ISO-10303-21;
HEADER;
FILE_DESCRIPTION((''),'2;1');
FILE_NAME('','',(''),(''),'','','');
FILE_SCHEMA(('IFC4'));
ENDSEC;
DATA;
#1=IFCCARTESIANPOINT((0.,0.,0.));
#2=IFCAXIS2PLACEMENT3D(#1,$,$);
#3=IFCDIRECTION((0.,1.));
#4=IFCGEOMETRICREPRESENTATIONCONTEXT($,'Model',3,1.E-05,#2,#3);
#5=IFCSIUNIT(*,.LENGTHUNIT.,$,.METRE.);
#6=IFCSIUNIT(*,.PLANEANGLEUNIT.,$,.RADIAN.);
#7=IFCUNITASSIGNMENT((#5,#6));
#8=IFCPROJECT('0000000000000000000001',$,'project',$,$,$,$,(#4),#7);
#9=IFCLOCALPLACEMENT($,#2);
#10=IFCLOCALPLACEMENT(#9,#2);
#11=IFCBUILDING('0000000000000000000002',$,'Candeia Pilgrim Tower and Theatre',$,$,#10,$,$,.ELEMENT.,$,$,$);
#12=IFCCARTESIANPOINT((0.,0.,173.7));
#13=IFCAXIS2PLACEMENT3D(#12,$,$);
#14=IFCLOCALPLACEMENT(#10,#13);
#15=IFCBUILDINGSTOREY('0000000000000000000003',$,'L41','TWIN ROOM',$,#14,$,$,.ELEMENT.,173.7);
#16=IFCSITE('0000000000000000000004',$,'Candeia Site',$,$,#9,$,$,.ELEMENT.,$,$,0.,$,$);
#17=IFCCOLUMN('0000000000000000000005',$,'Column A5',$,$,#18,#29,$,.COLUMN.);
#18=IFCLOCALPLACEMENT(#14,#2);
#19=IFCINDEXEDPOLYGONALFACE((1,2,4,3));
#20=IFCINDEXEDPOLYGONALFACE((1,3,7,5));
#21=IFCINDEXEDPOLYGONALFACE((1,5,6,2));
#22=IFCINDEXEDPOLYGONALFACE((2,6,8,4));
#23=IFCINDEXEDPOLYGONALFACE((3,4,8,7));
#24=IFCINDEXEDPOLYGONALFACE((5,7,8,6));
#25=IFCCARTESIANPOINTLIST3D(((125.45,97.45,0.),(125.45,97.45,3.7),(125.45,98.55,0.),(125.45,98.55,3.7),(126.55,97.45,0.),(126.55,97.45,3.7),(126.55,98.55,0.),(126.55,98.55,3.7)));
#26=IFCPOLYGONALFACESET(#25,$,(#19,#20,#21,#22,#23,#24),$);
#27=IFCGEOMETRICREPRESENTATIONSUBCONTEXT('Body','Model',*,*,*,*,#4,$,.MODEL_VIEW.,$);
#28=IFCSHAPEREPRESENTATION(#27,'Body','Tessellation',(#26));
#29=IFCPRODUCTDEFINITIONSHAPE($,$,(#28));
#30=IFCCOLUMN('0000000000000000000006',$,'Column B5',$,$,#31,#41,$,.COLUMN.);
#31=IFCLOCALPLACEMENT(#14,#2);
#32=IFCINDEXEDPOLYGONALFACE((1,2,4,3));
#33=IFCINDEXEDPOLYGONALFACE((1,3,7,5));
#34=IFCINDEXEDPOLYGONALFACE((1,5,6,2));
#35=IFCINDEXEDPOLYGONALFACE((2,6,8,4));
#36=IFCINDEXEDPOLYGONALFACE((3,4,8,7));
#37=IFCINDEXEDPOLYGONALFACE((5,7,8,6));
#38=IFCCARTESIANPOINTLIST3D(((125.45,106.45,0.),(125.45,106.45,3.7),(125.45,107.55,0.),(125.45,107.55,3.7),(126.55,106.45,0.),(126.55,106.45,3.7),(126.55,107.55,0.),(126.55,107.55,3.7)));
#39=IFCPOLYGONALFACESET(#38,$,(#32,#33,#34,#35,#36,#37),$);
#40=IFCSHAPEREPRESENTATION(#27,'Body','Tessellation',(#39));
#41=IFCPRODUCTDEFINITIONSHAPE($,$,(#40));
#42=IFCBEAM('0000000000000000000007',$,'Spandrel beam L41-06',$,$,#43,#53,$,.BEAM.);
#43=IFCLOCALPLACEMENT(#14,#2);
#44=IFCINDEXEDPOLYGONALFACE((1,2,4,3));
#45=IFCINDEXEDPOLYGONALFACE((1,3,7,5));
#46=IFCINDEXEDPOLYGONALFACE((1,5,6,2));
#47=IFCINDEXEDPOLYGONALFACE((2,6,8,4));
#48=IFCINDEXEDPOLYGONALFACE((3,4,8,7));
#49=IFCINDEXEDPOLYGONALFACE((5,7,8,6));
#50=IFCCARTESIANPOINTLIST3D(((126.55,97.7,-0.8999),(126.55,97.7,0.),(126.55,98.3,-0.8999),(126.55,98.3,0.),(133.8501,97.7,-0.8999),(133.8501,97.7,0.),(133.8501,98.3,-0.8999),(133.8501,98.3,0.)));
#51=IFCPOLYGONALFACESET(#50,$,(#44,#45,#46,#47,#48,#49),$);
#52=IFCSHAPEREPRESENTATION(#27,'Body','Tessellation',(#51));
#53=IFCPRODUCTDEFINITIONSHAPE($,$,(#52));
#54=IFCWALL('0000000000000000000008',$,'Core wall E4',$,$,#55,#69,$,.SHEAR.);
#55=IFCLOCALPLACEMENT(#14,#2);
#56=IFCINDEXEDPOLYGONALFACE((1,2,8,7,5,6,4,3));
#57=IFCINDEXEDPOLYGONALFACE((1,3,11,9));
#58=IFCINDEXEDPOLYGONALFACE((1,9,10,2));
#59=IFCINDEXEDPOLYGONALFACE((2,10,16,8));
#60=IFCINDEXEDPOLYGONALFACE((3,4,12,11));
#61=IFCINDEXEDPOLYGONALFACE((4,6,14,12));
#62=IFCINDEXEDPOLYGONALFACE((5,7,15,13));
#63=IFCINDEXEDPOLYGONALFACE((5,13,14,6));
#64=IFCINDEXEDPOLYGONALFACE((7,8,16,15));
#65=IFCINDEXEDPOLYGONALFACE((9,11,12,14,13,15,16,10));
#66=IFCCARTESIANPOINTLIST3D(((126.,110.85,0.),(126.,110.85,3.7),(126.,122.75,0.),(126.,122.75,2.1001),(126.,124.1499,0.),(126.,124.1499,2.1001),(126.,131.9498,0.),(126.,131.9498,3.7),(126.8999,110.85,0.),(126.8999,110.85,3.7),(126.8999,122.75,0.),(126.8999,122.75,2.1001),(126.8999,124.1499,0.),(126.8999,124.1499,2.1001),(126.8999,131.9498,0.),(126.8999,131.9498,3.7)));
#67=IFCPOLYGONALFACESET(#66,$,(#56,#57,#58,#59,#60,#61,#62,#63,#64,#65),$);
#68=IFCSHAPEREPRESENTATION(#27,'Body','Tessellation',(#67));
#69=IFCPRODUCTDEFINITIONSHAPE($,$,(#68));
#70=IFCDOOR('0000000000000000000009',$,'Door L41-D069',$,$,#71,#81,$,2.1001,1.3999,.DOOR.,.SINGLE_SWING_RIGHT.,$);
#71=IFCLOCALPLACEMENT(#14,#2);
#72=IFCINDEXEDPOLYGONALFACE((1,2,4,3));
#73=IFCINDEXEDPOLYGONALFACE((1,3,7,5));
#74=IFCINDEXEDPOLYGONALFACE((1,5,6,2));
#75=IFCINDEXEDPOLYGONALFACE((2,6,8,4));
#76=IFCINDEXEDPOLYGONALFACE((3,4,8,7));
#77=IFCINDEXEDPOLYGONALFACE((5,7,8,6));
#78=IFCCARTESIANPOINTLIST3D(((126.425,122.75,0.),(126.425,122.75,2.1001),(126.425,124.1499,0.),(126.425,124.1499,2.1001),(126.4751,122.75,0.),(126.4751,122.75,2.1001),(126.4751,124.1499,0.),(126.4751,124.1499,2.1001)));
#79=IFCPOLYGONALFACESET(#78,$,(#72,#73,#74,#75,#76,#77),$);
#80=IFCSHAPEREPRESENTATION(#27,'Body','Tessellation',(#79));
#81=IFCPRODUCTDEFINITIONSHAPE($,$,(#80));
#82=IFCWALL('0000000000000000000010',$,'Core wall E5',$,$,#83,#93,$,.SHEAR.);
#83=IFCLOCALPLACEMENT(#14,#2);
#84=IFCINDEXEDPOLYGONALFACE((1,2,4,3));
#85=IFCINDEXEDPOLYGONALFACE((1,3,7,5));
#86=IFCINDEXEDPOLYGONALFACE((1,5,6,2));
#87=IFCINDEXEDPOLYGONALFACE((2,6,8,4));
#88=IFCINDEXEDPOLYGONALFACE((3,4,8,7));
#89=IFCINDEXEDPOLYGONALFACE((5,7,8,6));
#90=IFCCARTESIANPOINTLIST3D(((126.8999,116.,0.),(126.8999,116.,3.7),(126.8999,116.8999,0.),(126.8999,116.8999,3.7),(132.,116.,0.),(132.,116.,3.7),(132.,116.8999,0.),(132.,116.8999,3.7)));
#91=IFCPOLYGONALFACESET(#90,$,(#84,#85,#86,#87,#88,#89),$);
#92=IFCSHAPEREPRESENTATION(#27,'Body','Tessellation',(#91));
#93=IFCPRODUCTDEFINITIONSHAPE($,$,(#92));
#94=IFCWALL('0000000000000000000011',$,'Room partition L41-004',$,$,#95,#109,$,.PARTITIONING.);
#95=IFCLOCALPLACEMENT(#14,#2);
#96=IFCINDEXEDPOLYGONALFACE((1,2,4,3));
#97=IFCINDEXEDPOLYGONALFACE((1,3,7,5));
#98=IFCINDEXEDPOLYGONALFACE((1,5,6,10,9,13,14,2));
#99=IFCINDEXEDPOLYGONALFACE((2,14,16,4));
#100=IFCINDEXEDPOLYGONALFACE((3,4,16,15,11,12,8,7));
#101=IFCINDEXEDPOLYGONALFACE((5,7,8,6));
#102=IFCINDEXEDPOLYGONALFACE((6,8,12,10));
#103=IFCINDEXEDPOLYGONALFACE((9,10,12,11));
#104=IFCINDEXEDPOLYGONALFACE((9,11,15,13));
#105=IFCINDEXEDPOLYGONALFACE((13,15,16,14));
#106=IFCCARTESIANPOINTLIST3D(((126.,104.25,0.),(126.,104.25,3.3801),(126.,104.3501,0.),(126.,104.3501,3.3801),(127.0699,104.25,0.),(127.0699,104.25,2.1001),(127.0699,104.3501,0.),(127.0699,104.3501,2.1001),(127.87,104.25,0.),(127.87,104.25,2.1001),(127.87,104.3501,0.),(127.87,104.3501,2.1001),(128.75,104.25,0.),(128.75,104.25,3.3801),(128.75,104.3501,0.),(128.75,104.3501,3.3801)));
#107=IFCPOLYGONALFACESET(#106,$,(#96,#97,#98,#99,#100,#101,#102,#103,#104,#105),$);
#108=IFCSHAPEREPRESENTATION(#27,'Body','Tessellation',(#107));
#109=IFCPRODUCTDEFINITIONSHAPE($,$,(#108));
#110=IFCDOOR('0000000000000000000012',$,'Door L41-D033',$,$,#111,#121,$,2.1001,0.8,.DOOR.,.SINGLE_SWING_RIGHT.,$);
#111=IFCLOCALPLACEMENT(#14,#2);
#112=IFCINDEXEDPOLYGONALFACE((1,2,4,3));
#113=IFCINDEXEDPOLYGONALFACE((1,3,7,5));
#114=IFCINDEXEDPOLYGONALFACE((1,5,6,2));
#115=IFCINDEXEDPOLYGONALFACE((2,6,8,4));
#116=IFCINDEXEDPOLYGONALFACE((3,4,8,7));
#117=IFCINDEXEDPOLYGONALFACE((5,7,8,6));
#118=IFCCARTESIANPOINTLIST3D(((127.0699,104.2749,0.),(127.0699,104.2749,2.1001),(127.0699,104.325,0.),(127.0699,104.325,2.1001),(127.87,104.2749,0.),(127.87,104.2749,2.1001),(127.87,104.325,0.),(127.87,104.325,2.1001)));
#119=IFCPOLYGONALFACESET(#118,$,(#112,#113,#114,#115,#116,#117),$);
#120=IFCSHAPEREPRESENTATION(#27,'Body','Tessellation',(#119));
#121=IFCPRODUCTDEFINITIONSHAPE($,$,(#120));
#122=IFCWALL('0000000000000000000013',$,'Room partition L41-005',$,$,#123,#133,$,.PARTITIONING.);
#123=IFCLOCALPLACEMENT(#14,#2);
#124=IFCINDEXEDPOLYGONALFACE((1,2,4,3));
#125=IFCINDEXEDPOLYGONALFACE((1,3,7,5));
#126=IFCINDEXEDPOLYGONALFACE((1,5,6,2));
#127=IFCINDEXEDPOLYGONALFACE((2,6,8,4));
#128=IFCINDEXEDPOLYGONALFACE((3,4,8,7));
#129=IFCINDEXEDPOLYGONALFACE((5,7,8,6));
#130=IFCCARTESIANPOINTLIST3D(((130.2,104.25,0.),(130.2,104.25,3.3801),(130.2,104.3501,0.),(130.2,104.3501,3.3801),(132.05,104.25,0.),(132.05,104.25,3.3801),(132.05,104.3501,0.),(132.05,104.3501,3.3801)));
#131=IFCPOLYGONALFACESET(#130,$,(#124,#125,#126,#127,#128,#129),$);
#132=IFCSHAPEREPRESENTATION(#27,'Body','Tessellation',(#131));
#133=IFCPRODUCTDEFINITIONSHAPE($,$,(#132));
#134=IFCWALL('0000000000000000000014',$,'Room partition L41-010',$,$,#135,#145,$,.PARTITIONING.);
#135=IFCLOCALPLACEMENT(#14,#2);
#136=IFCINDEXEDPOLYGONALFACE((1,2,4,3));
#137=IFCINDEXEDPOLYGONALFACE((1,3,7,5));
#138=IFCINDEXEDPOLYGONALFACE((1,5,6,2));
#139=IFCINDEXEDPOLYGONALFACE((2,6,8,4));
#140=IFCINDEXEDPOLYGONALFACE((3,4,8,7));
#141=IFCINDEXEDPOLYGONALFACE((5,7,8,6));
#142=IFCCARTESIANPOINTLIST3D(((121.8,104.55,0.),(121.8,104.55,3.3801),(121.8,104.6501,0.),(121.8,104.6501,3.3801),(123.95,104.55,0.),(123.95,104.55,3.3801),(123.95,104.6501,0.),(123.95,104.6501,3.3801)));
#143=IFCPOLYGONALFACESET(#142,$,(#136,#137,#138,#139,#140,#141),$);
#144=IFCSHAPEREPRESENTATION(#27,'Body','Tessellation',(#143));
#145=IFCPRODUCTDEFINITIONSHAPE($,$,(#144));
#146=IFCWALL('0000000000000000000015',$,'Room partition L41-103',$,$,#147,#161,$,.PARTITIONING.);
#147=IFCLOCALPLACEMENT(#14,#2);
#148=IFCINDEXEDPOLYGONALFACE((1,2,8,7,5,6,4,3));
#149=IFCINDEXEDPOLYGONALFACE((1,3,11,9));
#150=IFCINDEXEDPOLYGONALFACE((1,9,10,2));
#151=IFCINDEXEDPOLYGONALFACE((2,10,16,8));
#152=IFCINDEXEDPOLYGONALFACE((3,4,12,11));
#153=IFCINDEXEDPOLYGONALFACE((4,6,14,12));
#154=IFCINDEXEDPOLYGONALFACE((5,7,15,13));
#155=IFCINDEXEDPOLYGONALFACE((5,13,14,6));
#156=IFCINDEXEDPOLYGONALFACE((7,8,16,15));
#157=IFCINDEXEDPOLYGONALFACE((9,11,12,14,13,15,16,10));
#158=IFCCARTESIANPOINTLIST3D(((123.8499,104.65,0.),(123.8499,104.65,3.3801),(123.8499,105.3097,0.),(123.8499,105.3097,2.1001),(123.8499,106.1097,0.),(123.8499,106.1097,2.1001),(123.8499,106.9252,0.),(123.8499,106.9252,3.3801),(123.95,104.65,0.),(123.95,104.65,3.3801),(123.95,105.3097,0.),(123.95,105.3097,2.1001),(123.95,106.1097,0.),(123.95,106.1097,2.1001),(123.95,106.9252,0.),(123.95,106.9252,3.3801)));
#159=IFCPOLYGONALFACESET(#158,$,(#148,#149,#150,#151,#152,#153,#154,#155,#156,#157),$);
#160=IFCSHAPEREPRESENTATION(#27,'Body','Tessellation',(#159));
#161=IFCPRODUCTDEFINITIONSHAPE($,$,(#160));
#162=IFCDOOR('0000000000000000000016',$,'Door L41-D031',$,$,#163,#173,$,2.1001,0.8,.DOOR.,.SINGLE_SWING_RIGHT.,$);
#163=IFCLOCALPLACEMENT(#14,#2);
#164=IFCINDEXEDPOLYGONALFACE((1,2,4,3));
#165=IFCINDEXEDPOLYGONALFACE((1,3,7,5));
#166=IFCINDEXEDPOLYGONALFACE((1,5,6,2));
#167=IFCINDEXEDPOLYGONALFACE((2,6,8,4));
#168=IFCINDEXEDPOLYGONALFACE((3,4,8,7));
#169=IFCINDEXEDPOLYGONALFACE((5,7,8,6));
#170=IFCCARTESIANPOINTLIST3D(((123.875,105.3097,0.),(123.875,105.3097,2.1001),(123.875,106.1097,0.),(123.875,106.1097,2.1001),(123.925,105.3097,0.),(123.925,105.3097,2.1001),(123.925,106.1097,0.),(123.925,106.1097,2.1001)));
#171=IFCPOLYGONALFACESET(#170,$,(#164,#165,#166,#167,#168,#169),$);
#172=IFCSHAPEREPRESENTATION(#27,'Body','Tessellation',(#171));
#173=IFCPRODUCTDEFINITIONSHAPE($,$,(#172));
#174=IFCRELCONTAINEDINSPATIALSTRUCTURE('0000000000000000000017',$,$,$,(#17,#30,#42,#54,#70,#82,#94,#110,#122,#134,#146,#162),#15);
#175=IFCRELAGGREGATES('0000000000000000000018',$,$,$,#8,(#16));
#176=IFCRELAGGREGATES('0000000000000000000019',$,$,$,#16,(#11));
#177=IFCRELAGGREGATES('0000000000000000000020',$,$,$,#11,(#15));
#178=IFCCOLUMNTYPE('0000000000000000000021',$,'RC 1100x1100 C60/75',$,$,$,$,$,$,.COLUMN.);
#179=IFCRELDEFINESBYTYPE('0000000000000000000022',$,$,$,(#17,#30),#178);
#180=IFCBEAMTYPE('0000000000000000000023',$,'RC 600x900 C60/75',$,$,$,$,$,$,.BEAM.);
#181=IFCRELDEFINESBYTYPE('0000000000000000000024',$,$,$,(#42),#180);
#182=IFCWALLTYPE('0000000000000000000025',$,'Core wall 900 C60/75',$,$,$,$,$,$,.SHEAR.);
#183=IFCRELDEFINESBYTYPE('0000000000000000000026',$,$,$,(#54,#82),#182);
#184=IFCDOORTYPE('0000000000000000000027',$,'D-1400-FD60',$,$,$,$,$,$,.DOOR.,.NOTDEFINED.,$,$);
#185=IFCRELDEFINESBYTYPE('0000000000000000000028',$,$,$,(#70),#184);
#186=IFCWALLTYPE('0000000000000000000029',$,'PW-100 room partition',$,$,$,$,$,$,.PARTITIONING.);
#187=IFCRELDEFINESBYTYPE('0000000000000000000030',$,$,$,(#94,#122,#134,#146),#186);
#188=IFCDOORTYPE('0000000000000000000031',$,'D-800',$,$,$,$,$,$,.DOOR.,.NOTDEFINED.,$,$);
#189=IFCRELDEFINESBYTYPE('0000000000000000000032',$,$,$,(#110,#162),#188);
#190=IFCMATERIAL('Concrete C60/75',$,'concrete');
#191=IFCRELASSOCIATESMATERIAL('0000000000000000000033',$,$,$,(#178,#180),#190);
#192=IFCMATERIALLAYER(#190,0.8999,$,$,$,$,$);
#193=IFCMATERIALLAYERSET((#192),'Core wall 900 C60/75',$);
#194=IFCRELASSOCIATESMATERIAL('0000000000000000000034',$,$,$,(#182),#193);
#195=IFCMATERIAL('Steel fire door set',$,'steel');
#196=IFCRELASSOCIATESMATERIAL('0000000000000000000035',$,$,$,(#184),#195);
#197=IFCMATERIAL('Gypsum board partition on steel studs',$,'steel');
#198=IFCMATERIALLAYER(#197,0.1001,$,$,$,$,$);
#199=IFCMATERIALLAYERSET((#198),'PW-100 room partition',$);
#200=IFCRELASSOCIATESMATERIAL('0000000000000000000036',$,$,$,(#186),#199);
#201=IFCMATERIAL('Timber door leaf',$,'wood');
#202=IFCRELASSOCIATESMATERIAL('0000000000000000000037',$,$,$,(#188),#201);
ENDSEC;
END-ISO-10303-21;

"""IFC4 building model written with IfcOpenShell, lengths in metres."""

from ifc_helpers import new_model, si_unit, direction, frame, frame_2d, origin, origin_2d, place, context, subcontext, project, spatial, rectangle, extrude, material, layer, layer_set, material_profile, profile_set, type_object, element, fill, save


model = new_model("IFC4")

# Units and contexts
model_context = context("Model", 3, precision=1e-05, world=origin(), true_north=direction((0.0, 1.0)))
body_context = subcontext(model_context, "Body", "Model", "MODEL_VIEW")
ifc_project = project(units=[si_unit("LENGTHUNIT", "METRE"), si_unit("PLANEANGLEUNIT", "RADIAN")], contexts=[model_context])

# Site, building, storey
site_placement = place(None, origin())
site = spatial("IfcSite", under=ifc_project, at=site_placement, Name="Candeia Site", CompositionType="ELEMENT", RefElevation=0.0)
building_placement = place(site_placement, origin())
building = spatial("IfcBuilding", under=site, at=building_placement, Name="Candeia Pilgrim Tower and Theatre", CompositionType="ELEMENT")
storey_placement = place(building_placement, frame((0.0, 0.0, 173.7)))
storey = spatial("IfcBuildingStorey", under=building, at=storey_placement, Name="L41", Description="TWIN ROOM", CompositionType="ELEMENT", Elevation=173.7)

# Columns
ifc_material_1 = material(Name="Concrete C60/75", Category="concrete")
ifc_material_profile_1 = material_profile(ifc_material_1, rectangle(XDim=1.1001, YDim=1.1001, at=origin_2d()))
ifc_profile_set_1 = profile_set([ifc_material_profile_1], Name="Concrete C60/75")
column_type = type_object("IfcColumnType", Name="RC 1100x1100 C60/75", PredefinedType="COLUMN", material=ifc_profile_set_1)
for number, where, z_axis, x_axis, name in (
    (1, (126.0, 98.0, 0.0), (0.0, 0.0, 1.0), (1.0, 0.0, 0.0), "Column A5"),
    (2, (126.0, 107.0, 0.0), (0.0, 0.0, 1.0), (1.0, 0.0, 0.0), "Column B5"),
):
    element("IfcColumn", number, at=place(storey_placement, frame(where, z_axis=z_axis, x_axis=x_axis)), inside=storey, type_object=column_type, Name=name, PredefinedType="COLUMN", context=body_context, shape_type="SweptSolid", body=[
        extrude(rectangle(XDim=1.1001, YDim=1.1001, at=origin_2d()), origin(), (0.0, 0.0, 1.0), 3.7),
    ])

# Beam
ifc_material_profile_2 = material_profile(ifc_material_1, rectangle(XDim=0.6001, YDim=0.8999, at=origin_2d()))
ifc_profile_set_2 = profile_set([ifc_material_profile_2], Name="Concrete C60/75")
beam_type = type_object("IfcBeamType", Name="RC 600x900 C60/75", PredefinedType="BEAM", material=ifc_profile_set_2)
beam_placement = place(storey_placement, frame((126.55, 98.0, -0.45), z_axis=(1.0, 0.0, 0.0), x_axis=(0.0, 1.0, 0.0)))
element("IfcBeam", 3, at=beam_placement, inside=storey, type_object=beam_type, Name="Spandrel beam L41-06", PredefinedType="BEAM", context=body_context, shape_type="SweptSolid", body=[
    extrude(rectangle(XDim=0.6001, YDim=0.8999, at=origin_2d()), origin(), (0.0, 0.0, 1.0), 7.3),
])

# Wall, opening, door
ifc_layer_1 = layer(ifc_material_1, 0.8999)
ifc_layer_set_1 = layer_set([ifc_layer_1], Name="Core wall 900 C60/75")
wall_type_1 = type_object("IfcWallType", Name="Core wall 900 C60/75", PredefinedType="SHEAR", material=ifc_layer_set_1)
wall_1_placement = place(storey_placement, frame((126.45, 110.8501, 0.0), z_axis=(0.0, 0.0, 1.0), x_axis=(0.0, 1.0, 0.0)))
wall_1 = element("IfcWall", 4, at=wall_1_placement, inside=storey, type_object=wall_type_1, Name="Core wall E4", PredefinedType="SHEAR", context=body_context, shape_type="SweptSolid", body=[
    extrude(rectangle(XDim=21.0999, YDim=0.8999, at=frame_2d((10.5498, 0.0))), origin(), (0.0, 0.0, 1.0), 3.7),
])
opening_1_placement = place(wall_1_placement, frame((11.8999, 0.0, 0.0)))
opening_1 = element("IfcOpeningElement", 5, at=opening_1_placement, cuts=wall_1, PredefinedType="OPENING", context=body_context, shape_type="SweptSolid", body=[
    extrude(rectangle(XDim=1.3999, YDim=2.1001, at=frame_2d((0.7, 1.05))), frame((0.0, 0.46, 0.0), z_axis=(0.0, -1.0, 0.0), x_axis=(1.0, 0.0, 0.0)), (0.0, 0.0, 1.0), 0.9199),
])
ifc_material_2 = material(Name="Steel fire door set", Category="steel")
door_type_1 = type_object("IfcDoorType", Name="D-1400-FD60", OperationType="NOTDEFINED", PredefinedType="DOOR", material=ifc_material_2)
door_1_placement = place(opening_1_placement, origin())
door_1 = element("IfcDoor", 6, at=door_1_placement, inside=storey, type_object=door_type_1, Name="Door L41-D069", OperationType="SINGLE_SWING_RIGHT", OverallHeight=2.1001, OverallWidth=1.3999, PredefinedType="DOOR", context=body_context, shape_type="SweptSolid", body=[
    extrude(rectangle(XDim=1.3999, YDim=2.1001, at=frame_2d((0.7, 1.05))), frame((0.0, 0.0249, 0.0), z_axis=(0.0, -1.0, 0.0), x_axis=(1.0, 0.0, 0.0)), (0.0, 0.0, 1.0), 0.05),
])
fill(opening_1, door_1)

# Wall
wall_2_placement = place(storey_placement, frame((126.8999, 116.45, 0.0), z_axis=(0.0, 0.0, 1.0), x_axis=(1.0, 0.0, 0.0)))
element("IfcWall", 7, at=wall_2_placement, inside=storey, type_object=wall_type_1, Name="Core wall E5", PredefinedType="SHEAR", context=body_context, shape_type="SweptSolid", body=[
    extrude(rectangle(XDim=5.1001, YDim=0.8999, at=frame_2d((2.55, 0.0))), origin(), (0.0, 0.0, 1.0), 3.7),
])

# Wall, opening, door
ifc_material_3 = material(Name="Gypsum board partition on steel studs", Category="steel")
ifc_layer_2 = layer(ifc_material_3, 0.1001)
ifc_layer_set_2 = layer_set([ifc_layer_2], Name="PW-100 room partition")
wall_type_2 = type_object("IfcWallType", Name="PW-100 room partition", PredefinedType="PARTITIONING", material=ifc_layer_set_2)
wall_3_placement = place(storey_placement, frame((126.0, 104.3, 0.0), z_axis=(0.0, 0.0, 1.0), x_axis=(1.0, 0.0, 0.0)))
wall_3 = element("IfcWall", 8, at=wall_3_placement, inside=storey, type_object=wall_type_2, Name="Room partition L41-004", PredefinedType="PARTITIONING", context=body_context, shape_type="SweptSolid", body=[
    extrude(rectangle(XDim=2.75, YDim=0.1001, at=frame_2d((1.375, 0.0))), origin(), (0.0, 0.0, 1.0), 3.3801),
])
opening_2_placement = place(wall_3_placement, frame((1.0701, 0.0, 0.0)))
opening_2 = element("IfcOpeningElement", 9, at=opening_2_placement, cuts=wall_3, PredefinedType="OPENING", context=body_context, shape_type="SweptSolid", body=[
    extrude(rectangle(XDim=0.8, YDim=2.1001, at=frame_2d((0.3999, 1.05))), frame((0.0, 0.0601, 0.0), z_axis=(0.0, -1.0, 0.0), x_axis=(1.0, 0.0, 0.0)), (0.0, 0.0, 1.0), 0.1201),
])
ifc_material_4 = material(Name="Timber door leaf", Category="wood")
door_type_2 = type_object("IfcDoorType", Name="D-800", OperationType="NOTDEFINED", PredefinedType="DOOR", material=ifc_material_4)
door_2_placement = place(opening_2_placement, origin())
door_2 = element("IfcDoor", 10, at=door_2_placement, inside=storey, type_object=door_type_2, Name="Door L41-D033", OperationType="SINGLE_SWING_RIGHT", OverallHeight=2.1001, OverallWidth=0.8, PredefinedType="DOOR", context=body_context, shape_type="SweptSolid", body=[
    extrude(rectangle(XDim=0.8, YDim=2.1001, at=frame_2d((0.3999, 1.05))), frame((0.0, 0.0249, 0.0), z_axis=(0.0, -1.0, 0.0), x_axis=(1.0, 0.0, 0.0)), (0.0, 0.0, 1.0), 0.05),
])
fill(opening_2, door_2)

# Walls
wall_4_placement = place(storey_placement, frame((130.2, 104.3, 0.0), z_axis=(0.0, 0.0, 1.0), x_axis=(1.0, 0.0, 0.0)))
element("IfcWall", 11, at=wall_4_placement, inside=storey, type_object=wall_type_2, Name="Room partition L41-005", PredefinedType="PARTITIONING", context=body_context, shape_type="SweptSolid", body=[
    extrude(rectangle(XDim=1.8501, YDim=0.1001, at=frame_2d((0.925, 0.0))), origin(), (0.0, 0.0, 1.0), 3.3801),
])
wall_5_placement = place(storey_placement, frame((121.8, 104.6001, 0.0), z_axis=(0.0, 0.0, 1.0), x_axis=(1.0, 0.0, 0.0)))
element("IfcWall", 12, at=wall_5_placement, inside=storey, type_object=wall_type_2, Name="Room partition L41-010", PredefinedType="PARTITIONING", context=body_context, shape_type="SweptSolid", body=[
    extrude(rectangle(XDim=2.1499, YDim=0.1001, at=frame_2d((1.075, 0.0))), origin(), (0.0, 0.0, 1.0), 3.3801),
])

# Wall, opening, door
wall_6_placement = place(storey_placement, frame((123.8999, 104.6499, 0.0), z_axis=(0.0, 0.0, 1.0), x_axis=(0.0, 1.0, 0.0)))
wall_6 = element("IfcWall", 13, at=wall_6_placement, inside=storey, type_object=wall_type_2, Name="Room partition L41-103", PredefinedType="PARTITIONING", context=body_context, shape_type="SweptSolid", body=[
    extrude(rectangle(XDim=2.2751, YDim=0.1001, at=frame_2d((1.1377, 0.0))), origin(), (0.0, 0.0, 1.0), 3.3801),
])
opening_3_placement = place(wall_6_placement, frame((0.6599, 0.0, 0.0)))
opening_3 = element("IfcOpeningElement", 14, at=opening_3_placement, cuts=wall_6, PredefinedType="OPENING", context=body_context, shape_type="SweptSolid", body=[
    extrude(rectangle(XDim=0.8, YDim=2.1001, at=frame_2d((0.3999, 1.05))), frame((0.0, 0.0601, 0.0), z_axis=(0.0, -1.0, 0.0), x_axis=(1.0, 0.0, 0.0)), (0.0, 0.0, 1.0), 0.1201),
])
door_3_placement = place(opening_3_placement, origin())
door_3 = element("IfcDoor", 15, at=door_3_placement, inside=storey, type_object=door_type_2, Name="Door L41-D031", OperationType="SINGLE_SWING_RIGHT", OverallHeight=2.1001, OverallWidth=0.8, PredefinedType="DOOR", context=body_context, shape_type="SweptSolid", body=[
    extrude(rectangle(XDim=0.8, YDim=2.1001, at=frame_2d((0.3999, 1.05))), frame((0.0, 0.0249, 0.0), z_axis=(0.0, -1.0, 0.0), x_axis=(1.0, 0.0, 0.0)), (0.0, 0.0, 1.0), 0.05),
])
fill(opening_3, door_3)

save(model, "model.ifc")
